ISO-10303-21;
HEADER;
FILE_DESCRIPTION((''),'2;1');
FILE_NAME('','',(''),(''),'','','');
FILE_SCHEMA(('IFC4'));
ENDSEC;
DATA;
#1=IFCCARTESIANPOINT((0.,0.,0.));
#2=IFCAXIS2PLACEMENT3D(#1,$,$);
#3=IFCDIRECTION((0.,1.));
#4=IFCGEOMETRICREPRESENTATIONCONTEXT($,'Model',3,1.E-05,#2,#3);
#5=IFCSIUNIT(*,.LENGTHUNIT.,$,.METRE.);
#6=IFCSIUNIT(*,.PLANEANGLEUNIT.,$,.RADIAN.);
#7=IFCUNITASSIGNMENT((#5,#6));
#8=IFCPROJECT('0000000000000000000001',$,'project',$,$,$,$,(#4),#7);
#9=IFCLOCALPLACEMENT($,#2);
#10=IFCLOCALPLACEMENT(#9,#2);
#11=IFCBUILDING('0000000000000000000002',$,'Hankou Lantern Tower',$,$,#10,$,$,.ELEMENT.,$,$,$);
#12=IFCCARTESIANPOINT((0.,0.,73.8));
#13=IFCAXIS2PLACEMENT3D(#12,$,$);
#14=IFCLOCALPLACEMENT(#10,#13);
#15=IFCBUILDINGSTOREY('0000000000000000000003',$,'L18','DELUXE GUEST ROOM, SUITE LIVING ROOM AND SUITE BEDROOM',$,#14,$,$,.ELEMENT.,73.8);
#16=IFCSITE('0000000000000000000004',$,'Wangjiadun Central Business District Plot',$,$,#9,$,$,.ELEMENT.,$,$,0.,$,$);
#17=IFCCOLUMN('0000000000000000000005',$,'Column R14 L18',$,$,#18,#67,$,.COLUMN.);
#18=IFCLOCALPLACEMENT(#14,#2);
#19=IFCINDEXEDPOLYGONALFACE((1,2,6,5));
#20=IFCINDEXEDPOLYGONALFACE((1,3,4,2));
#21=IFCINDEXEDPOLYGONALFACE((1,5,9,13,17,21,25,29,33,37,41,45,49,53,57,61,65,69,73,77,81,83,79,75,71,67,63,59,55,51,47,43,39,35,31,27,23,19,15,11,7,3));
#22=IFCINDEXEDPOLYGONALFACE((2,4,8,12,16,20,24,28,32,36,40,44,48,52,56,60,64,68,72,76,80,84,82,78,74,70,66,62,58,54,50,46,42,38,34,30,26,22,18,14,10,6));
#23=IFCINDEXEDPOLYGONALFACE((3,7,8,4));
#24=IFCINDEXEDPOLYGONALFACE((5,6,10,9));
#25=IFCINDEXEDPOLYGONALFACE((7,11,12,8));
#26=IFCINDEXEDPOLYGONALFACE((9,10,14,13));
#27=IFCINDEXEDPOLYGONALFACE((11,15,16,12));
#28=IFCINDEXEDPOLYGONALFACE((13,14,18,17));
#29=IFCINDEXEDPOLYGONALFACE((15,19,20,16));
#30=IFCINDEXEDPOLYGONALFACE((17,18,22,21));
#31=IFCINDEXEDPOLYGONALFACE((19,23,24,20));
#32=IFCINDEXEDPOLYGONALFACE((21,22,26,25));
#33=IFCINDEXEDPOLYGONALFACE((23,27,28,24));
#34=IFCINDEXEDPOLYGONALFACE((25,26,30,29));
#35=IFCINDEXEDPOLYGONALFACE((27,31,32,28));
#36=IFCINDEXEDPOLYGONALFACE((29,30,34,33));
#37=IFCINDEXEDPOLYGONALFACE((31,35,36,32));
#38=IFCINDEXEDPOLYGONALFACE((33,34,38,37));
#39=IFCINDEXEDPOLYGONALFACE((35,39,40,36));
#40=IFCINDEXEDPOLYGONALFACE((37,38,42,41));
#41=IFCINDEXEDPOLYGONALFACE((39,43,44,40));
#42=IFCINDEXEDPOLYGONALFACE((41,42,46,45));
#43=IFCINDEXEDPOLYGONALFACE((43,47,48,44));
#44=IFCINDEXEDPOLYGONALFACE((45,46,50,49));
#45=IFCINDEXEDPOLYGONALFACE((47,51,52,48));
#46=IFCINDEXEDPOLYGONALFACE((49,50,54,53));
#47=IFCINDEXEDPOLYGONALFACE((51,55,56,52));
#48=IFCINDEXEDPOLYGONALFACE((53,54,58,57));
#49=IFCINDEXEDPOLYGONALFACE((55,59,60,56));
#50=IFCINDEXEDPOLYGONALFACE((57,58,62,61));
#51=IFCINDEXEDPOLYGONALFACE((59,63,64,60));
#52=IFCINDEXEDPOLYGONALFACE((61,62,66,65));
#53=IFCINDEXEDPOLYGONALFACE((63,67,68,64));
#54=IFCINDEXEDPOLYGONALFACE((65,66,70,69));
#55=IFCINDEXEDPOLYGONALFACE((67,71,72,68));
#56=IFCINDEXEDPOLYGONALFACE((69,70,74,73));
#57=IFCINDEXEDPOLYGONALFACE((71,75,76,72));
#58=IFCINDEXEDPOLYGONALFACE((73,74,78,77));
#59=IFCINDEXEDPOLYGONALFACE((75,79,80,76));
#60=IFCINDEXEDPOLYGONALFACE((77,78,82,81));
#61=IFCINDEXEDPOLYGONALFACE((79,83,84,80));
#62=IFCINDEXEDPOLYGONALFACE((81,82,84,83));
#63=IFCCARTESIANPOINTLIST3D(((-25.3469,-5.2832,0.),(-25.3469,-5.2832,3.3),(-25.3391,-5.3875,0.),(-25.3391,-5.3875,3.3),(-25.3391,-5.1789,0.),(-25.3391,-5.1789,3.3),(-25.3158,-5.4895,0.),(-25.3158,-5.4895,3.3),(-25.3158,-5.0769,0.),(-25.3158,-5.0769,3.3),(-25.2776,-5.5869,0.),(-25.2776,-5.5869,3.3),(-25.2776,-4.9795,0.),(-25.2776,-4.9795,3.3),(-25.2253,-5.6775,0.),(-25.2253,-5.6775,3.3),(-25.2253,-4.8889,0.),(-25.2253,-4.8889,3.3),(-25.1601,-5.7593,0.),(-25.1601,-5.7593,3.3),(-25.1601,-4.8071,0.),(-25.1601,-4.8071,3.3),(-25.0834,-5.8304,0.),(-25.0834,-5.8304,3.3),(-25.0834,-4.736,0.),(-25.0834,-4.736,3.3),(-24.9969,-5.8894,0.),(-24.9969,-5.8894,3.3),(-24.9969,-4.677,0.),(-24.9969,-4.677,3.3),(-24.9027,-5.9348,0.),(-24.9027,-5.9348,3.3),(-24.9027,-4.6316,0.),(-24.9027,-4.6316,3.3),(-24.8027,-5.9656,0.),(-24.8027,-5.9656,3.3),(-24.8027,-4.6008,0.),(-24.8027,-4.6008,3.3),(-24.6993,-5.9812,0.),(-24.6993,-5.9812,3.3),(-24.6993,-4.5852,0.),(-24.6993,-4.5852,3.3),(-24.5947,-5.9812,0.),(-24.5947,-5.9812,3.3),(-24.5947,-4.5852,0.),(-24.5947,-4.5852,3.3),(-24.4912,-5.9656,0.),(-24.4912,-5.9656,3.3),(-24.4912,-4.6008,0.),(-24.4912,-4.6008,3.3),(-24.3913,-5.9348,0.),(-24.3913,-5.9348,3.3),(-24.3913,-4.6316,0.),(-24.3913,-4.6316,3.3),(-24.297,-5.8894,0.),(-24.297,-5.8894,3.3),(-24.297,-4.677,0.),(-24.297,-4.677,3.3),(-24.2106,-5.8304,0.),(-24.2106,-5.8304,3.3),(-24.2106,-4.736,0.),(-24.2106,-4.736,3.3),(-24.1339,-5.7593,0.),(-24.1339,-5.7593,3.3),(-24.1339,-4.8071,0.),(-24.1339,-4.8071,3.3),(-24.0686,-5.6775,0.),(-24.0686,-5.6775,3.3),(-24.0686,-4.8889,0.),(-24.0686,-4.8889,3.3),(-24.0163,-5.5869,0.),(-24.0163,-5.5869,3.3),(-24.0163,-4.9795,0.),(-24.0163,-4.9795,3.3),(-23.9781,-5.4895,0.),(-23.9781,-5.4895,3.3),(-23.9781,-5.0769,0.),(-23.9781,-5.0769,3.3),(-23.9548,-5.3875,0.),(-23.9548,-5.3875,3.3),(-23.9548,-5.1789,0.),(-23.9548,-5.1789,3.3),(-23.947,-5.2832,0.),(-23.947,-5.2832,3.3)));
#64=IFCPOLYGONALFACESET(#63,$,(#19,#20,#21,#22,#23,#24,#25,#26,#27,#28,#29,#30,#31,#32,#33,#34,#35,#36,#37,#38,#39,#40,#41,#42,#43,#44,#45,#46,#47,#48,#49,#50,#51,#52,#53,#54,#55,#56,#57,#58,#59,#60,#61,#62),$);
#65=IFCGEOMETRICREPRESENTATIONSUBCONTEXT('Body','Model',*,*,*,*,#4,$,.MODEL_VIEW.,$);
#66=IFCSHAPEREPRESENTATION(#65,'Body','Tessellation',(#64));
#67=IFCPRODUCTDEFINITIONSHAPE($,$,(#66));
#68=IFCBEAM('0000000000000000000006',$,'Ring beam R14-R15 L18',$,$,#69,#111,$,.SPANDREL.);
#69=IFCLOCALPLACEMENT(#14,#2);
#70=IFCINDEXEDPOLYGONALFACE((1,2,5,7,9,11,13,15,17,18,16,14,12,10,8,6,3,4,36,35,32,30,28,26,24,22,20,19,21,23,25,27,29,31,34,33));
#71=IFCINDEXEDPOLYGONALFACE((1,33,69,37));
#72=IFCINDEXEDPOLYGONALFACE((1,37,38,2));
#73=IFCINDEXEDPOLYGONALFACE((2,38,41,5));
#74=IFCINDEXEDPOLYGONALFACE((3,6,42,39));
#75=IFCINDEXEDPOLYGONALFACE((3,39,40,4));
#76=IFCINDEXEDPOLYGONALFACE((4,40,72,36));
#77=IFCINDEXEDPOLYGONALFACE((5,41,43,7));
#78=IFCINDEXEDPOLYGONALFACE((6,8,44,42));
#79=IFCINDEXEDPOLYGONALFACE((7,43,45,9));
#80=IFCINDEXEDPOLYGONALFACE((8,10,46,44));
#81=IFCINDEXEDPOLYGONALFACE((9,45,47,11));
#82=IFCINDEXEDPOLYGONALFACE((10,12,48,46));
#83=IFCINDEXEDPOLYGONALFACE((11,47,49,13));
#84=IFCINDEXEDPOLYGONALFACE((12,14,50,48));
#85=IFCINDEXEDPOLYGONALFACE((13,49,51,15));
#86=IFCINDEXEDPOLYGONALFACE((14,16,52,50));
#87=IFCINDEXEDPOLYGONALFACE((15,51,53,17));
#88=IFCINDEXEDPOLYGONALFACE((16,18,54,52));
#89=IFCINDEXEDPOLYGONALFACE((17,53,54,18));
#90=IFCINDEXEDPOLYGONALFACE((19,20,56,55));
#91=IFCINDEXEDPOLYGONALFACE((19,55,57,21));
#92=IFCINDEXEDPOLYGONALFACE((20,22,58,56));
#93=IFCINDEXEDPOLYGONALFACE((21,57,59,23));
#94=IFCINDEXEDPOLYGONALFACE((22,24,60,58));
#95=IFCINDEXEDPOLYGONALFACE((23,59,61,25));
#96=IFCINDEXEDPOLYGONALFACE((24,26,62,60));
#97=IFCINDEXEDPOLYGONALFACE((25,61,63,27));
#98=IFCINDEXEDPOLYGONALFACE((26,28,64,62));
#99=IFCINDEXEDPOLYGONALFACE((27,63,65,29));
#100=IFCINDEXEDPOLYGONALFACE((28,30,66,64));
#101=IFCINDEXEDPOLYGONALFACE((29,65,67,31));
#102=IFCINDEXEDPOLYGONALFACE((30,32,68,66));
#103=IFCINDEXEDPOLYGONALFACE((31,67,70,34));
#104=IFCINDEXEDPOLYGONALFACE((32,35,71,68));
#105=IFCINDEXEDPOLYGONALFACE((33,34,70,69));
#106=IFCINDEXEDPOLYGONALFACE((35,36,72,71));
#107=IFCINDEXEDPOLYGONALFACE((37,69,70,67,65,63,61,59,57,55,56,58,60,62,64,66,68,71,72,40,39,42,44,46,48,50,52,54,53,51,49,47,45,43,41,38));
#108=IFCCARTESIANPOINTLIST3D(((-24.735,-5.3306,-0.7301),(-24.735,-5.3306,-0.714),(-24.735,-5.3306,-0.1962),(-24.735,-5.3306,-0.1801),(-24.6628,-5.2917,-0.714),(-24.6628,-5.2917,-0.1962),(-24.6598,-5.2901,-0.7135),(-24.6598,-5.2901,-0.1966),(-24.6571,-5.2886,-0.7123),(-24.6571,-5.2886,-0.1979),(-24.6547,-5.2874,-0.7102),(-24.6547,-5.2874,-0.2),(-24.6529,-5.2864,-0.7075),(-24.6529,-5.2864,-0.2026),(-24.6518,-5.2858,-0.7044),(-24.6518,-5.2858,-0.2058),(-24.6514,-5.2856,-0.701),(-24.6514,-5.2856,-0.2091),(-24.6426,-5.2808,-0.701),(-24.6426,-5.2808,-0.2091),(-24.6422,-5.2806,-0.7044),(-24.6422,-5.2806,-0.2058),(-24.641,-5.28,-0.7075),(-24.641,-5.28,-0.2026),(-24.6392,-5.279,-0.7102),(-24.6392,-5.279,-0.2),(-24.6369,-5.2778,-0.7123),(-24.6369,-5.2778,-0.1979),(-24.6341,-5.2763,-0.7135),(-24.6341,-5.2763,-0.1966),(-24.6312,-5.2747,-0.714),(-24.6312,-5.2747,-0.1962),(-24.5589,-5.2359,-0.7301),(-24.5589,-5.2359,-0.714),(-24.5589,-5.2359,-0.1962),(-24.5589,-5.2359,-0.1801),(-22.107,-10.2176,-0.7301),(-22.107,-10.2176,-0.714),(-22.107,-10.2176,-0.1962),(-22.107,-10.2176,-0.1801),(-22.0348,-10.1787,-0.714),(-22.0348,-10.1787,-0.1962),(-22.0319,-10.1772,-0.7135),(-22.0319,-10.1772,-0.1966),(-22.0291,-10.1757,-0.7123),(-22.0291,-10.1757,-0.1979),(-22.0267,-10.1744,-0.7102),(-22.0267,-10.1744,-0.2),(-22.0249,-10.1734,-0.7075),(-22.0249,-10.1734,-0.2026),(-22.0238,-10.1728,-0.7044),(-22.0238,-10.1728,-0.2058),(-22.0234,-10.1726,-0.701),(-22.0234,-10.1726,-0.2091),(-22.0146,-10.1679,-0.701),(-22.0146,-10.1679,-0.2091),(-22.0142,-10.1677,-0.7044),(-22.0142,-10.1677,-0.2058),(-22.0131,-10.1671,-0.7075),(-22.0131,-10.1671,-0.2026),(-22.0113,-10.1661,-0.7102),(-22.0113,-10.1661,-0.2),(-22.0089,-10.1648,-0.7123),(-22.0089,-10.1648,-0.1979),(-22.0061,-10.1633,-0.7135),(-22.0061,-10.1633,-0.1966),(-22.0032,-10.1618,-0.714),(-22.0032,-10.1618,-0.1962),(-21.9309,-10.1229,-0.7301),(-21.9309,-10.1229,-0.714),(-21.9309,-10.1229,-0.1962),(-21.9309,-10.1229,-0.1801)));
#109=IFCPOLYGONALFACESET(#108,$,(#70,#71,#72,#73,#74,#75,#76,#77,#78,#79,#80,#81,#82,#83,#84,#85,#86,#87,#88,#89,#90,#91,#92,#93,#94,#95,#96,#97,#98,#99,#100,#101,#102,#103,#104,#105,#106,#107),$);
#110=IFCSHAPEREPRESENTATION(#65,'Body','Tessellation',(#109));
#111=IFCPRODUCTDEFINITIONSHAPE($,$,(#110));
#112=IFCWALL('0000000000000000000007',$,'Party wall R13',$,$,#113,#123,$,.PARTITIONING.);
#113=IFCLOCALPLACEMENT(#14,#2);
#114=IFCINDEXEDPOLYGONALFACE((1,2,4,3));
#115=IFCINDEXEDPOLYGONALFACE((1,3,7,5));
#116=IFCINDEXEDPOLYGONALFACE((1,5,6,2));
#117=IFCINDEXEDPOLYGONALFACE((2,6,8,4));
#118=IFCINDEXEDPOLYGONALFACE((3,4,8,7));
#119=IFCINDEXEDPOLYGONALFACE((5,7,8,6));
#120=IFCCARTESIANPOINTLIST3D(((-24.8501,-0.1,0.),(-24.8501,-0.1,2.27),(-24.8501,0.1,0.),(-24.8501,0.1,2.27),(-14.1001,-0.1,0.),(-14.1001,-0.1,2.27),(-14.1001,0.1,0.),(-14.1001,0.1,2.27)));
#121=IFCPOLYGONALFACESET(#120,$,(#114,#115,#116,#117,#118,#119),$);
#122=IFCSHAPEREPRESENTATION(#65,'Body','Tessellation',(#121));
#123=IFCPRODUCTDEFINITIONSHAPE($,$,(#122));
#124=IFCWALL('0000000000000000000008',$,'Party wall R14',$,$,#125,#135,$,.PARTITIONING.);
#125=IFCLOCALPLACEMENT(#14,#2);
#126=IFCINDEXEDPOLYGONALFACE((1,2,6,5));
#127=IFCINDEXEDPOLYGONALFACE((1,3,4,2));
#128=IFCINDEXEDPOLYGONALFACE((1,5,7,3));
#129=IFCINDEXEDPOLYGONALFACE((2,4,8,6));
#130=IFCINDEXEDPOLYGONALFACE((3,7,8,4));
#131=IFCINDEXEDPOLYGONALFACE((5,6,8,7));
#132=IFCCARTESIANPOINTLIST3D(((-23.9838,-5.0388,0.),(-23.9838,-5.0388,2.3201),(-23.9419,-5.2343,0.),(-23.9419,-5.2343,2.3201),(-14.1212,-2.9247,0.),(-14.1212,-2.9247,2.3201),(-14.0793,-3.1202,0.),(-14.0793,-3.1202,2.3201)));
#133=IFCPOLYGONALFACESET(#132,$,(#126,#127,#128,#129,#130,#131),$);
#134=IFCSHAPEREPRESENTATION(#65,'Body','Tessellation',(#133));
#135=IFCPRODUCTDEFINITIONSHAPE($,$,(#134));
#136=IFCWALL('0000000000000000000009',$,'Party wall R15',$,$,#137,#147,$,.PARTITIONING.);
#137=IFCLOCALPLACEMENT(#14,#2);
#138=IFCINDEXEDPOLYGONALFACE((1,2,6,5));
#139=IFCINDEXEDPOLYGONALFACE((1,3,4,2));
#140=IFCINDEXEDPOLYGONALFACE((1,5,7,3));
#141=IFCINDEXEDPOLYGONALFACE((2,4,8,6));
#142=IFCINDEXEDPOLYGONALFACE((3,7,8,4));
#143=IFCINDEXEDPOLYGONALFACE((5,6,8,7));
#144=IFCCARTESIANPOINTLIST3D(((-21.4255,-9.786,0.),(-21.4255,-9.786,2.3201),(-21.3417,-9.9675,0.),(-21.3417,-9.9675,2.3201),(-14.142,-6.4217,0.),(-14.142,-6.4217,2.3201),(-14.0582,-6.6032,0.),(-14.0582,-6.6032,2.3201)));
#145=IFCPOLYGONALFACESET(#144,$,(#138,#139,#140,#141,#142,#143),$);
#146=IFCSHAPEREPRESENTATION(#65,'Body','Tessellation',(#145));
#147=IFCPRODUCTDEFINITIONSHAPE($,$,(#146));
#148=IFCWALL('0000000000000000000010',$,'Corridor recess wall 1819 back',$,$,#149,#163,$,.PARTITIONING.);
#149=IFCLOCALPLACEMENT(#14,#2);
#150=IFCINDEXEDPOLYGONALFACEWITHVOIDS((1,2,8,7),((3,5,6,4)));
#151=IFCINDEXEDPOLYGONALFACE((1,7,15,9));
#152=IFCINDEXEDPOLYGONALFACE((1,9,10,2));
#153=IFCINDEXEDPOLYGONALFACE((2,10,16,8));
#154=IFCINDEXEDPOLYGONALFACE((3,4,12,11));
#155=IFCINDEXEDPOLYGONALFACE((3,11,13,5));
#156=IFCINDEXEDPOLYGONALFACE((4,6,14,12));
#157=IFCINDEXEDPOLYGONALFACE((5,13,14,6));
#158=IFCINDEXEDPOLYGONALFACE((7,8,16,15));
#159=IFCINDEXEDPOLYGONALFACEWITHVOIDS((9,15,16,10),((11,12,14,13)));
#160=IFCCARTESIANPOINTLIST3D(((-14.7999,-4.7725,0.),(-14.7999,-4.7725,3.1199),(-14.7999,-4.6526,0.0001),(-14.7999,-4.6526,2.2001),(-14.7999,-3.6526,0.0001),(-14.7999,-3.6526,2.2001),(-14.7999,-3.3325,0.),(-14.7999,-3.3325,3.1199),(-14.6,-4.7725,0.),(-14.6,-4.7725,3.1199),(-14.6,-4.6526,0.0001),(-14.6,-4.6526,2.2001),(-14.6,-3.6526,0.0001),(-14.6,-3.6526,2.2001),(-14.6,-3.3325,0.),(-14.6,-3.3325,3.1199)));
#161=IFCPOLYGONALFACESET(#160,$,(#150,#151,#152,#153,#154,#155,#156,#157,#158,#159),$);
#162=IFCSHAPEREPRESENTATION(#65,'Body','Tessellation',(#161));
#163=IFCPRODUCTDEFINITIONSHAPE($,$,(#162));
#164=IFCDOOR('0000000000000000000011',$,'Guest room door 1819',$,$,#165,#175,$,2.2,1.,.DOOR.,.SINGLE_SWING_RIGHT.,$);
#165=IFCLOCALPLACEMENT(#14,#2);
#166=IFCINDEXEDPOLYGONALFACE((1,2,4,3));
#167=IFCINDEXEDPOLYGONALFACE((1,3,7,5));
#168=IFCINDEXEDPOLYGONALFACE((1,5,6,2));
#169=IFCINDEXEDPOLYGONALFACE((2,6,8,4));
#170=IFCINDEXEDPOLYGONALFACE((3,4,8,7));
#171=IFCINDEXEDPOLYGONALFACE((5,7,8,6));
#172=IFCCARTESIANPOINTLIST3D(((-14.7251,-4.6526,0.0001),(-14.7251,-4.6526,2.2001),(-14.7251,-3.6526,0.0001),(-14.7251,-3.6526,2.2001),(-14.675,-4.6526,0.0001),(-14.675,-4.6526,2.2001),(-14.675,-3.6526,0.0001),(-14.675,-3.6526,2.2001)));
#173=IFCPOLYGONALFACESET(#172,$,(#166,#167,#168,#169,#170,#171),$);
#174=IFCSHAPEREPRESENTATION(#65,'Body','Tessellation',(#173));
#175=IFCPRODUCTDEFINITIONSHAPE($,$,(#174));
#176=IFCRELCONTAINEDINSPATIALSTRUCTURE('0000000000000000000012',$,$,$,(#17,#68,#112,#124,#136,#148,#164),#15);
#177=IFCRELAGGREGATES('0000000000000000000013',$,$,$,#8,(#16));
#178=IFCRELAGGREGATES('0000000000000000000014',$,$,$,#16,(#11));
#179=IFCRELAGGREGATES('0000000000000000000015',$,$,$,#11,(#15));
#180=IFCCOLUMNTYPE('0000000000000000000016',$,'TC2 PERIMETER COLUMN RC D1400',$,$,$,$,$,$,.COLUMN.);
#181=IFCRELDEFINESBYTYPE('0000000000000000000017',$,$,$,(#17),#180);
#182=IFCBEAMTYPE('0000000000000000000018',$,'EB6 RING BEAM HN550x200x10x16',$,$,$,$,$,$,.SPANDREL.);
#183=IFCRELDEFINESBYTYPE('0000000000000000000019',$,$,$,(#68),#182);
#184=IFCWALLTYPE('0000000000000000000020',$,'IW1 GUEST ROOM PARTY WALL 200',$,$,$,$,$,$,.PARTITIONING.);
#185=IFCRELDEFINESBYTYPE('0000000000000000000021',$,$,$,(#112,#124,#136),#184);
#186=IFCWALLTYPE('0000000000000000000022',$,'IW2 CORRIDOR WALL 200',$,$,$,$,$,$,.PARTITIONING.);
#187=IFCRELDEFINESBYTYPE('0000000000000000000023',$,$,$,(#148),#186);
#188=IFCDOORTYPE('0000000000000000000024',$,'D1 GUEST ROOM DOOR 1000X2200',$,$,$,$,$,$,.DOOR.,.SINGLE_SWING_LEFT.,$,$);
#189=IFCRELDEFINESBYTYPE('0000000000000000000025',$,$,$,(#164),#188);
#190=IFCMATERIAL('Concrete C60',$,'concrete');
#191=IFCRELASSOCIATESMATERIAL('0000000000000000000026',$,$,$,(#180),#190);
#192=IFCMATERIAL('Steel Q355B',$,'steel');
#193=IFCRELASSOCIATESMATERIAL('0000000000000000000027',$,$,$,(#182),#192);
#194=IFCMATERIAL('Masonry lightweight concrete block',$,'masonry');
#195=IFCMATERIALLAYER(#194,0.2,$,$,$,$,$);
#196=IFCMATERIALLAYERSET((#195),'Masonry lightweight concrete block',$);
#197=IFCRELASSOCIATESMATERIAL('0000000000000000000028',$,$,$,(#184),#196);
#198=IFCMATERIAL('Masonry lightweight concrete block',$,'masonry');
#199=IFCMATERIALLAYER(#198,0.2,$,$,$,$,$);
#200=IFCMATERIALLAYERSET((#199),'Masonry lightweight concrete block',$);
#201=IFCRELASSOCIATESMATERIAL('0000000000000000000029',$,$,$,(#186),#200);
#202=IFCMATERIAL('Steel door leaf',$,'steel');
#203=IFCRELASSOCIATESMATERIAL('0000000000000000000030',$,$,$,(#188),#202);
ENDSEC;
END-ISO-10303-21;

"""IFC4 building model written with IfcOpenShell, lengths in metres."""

from ifc_helpers import new_model, si_unit, direction, frame, frame_2d, origin, origin_2d, place, context, subcontext, project, spatial, rectangle, circle, i_section, extrude, material, layer, layer_set, material_profile, profile_set, type_object, element, fill, save


model = new_model("IFC4")

# Units and contexts
model_context = context("Model", 3, precision=1e-05, world=origin(), true_north=direction((0.0, 1.0)))
body_context = subcontext(model_context, "Body", "Model", "MODEL_VIEW")
ifc_project = project(units=[si_unit("LENGTHUNIT", "METRE"), si_unit("PLANEANGLEUNIT", "RADIAN")], contexts=[model_context])

# Site, building, storey
site_placement = place(None, origin())
site = spatial("IfcSite", under=ifc_project, at=site_placement, Name="Wangjiadun Central Business District Plot", CompositionType="ELEMENT", RefElevation=0.0)
building_placement = place(site_placement, origin())
building = spatial("IfcBuilding", under=site, at=building_placement, Name="Hankou Lantern Tower", CompositionType="ELEMENT")
storey_placement = place(building_placement, frame((0.0, 0.0, 73.8)))
storey = spatial("IfcBuildingStorey", under=building, at=storey_placement, Name="L18", Description="DELUXE GUEST ROOM, SUITE LIVING ROOM AND SUITE BEDROOM", CompositionType="ELEMENT", Elevation=73.8)

# Column
ifc_material_1 = material(Name="Concrete C60", Category="concrete")
ifc_material_profile_1 = material_profile(ifc_material_1, circle(Radius=0.7, at=origin_2d()), Name="RC D1400")
ifc_profile_set_1 = profile_set([ifc_material_profile_1], Name="Concrete C60")
column_type = type_object("IfcColumnType", Name="TC2 PERIMETER COLUMN RC D1400", PredefinedType="COLUMN", material=ifc_profile_set_1)
column_placement = place(storey_placement, frame((-24.647, -5.2832, 0.0), z_axis=(0.0, 0.0, 1.0), x_axis=(1.0, 0.0, 0.0)))
element("IfcColumn", 1, at=column_placement, inside=storey, type_object=column_type, Name="Column R14 L18", PredefinedType="COLUMN", context=body_context, shape_type="SweptSolid", body=[
    extrude(circle(Radius=0.7, at=origin_2d()), origin(), (0.0, 0.0, 1.0), 3.3),
])

# Beam
ifc_material_2 = material(Name="Steel Q355B", Category="steel")
ifc_material_profile_2 = material_profile(ifc_material_2, i_section(OverallWidth=0.2, OverallDepth=0.55, WebThickness=0.01, FlangeThickness=0.0161, FilletRadius=0.0129, at=origin_2d()), Name="HN550x200x10x16")
ifc_profile_set_2 = profile_set([ifc_material_profile_2], Name="Steel Q355B")
beam_type = type_object("IfcBeamType", Name="EB6 RING BEAM HN550x200x10x16", PredefinedType="SPANDREL", material=ifc_profile_set_2)
beam_placement = place(storey_placement, frame((-24.647, -5.2832, -0.4551), z_axis=(0.473609, -0.880735, 0.0), x_axis=(0.880735, 0.473609, 0.0)))
element("IfcBeam", 2, at=beam_placement, inside=storey, type_object=beam_type, Name="Ring beam R14-R15 L18", PredefinedType="SPANDREL", context=body_context, shape_type="SweptSolid", body=[
    extrude(i_section(OverallWidth=0.2, OverallDepth=0.55, WebThickness=0.01, FlangeThickness=0.0161, FilletRadius=0.0129, at=origin_2d()), origin(), (0.0, 0.0, 1.0), 5.5488),
])

# Walls
ifc_material_3 = material(Name="Masonry lightweight concrete block", Category="masonry")
ifc_layer_1 = layer(ifc_material_3, 0.2)
ifc_layer_set_1 = layer_set([ifc_layer_1], Name="Masonry lightweight concrete block")
wall_type_1 = type_object("IfcWallType", Name="IW1 GUEST ROOM PARTY WALL 200", PredefinedType="PARTITIONING", material=ifc_layer_set_1)
wall_1_placement = place(storey_placement, frame((-14.1001, 0.0, 0.0), z_axis=(0.0, 0.0, 1.0), x_axis=(-1.0, 0.0, 0.0)))
element("IfcWall", 3, at=wall_1_placement, inside=storey, type_object=wall_type_1, Name="Party wall R13", PredefinedType="PARTITIONING", context=body_context, shape_type="SweptSolid", body=[
    extrude(rectangle(XDim=10.75, YDim=0.2, at=frame_2d((5.375, 0.0))), origin(), (0.0, 0.0, 1.0), 2.27),
])
wall_2_placement = place(storey_placement, frame((-14.1001, -3.0225, 0.0), z_axis=(0.0, 0.0, 1.0), x_axis=(-0.97779, -0.209587, 0.0)))
element("IfcWall", 4, at=wall_2_placement, inside=storey, type_object=wall_type_1, Name="Party wall R14", PredefinedType="PARTITIONING", context=body_context, shape_type="SweptSolid", body=[
    extrude(rectangle(XDim=10.0867, YDim=0.2, at=frame_2d((5.0435, 0.0))), origin(), (0.0, 0.0, 1.0), 2.3201),
])
wall_3_placement = place(storey_placement, frame((-14.1001, -6.5125, 0.0), z_axis=(0.0, 0.0, 1.0), x_axis=(-0.907833, -0.419332, 0.0)))
element("IfcWall", 5, at=wall_3_placement, inside=storey, type_object=wall_type_1, Name="Party wall R15", PredefinedType="PARTITIONING", context=body_context, shape_type="SweptSolid", body=[
    extrude(rectangle(XDim=8.0229, YDim=0.2, at=frame_2d((4.0115, 0.0))), origin(), (0.0, 0.0, 1.0), 2.3201),
])

# Wall, opening, door
ifc_material_4 = material(Name="Masonry lightweight concrete block", Category="masonry")
ifc_layer_2 = layer(ifc_material_4, 0.2)
ifc_layer_set_2 = layer_set([ifc_layer_2], Name="Masonry lightweight concrete block")
wall_type_2 = type_object("IfcWallType", Name="IW2 CORRIDOR WALL 200", PredefinedType="PARTITIONING", material=ifc_layer_set_2)
wall_4_placement = place(storey_placement, frame((-14.7, -3.3325, 0.0), z_axis=(0.0, 0.0, 1.0), x_axis=(0.0, -1.0, 0.0)))
wall_4 = element("IfcWall", 6, at=wall_4_placement, inside=storey, type_object=wall_type_2, Name="Corridor recess wall 1819 back", PredefinedType="PARTITIONING", context=body_context, shape_type="SweptSolid", body=[
    extrude(rectangle(XDim=1.4399, YDim=0.2, at=frame_2d((0.72, 0.0))), origin(), (0.0, 0.0, 1.0), 3.1199),
])
opening_1_placement = place(wall_4_placement, frame((0.3201, 0.0, 0.0)))
opening_1 = element("IfcOpeningElement", 7, at=opening_1_placement, cuts=wall_4, PredefinedType="OPENING", context=body_context, shape_type="SweptSolid", body=[
    extrude(rectangle(XDim=1.0, YDim=2.2, at=frame_2d((0.5, 1.1001))), frame((0.0, 0.1099, 0.0), z_axis=(0.0, -1.0, 0.0), x_axis=(1.0, 0.0, 0.0)), (0.0, 0.0, 1.0), 0.22),
])
ifc_material_5 = material(Name="Steel door leaf", Category="steel")
door_type_1 = type_object("IfcDoorType", Name="D1 GUEST ROOM DOOR 1000X2200", OperationType="SINGLE_SWING_LEFT", PredefinedType="DOOR", material=ifc_material_5)
door_1_placement = place(opening_1_placement, origin())
door_1 = element("IfcDoor", 8, at=door_1_placement, inside=storey, type_object=door_type_1, Name="Guest room door 1819", OperationType="SINGLE_SWING_RIGHT", OverallHeight=2.2, OverallWidth=1.0, PredefinedType="DOOR", context=body_context, shape_type="SweptSolid", body=[
    extrude(rectangle(XDim=1.0, YDim=2.2, at=frame_2d((0.5, 1.1001))), frame((0.0, 0.0249, 0.0), z_axis=(0.0, -1.0, 0.0), x_axis=(1.0, 0.0, 0.0)), (0.0, 0.0, 1.0), 0.05),
])
fill(opening_1, door_1)

save(model, "model.ifc")
